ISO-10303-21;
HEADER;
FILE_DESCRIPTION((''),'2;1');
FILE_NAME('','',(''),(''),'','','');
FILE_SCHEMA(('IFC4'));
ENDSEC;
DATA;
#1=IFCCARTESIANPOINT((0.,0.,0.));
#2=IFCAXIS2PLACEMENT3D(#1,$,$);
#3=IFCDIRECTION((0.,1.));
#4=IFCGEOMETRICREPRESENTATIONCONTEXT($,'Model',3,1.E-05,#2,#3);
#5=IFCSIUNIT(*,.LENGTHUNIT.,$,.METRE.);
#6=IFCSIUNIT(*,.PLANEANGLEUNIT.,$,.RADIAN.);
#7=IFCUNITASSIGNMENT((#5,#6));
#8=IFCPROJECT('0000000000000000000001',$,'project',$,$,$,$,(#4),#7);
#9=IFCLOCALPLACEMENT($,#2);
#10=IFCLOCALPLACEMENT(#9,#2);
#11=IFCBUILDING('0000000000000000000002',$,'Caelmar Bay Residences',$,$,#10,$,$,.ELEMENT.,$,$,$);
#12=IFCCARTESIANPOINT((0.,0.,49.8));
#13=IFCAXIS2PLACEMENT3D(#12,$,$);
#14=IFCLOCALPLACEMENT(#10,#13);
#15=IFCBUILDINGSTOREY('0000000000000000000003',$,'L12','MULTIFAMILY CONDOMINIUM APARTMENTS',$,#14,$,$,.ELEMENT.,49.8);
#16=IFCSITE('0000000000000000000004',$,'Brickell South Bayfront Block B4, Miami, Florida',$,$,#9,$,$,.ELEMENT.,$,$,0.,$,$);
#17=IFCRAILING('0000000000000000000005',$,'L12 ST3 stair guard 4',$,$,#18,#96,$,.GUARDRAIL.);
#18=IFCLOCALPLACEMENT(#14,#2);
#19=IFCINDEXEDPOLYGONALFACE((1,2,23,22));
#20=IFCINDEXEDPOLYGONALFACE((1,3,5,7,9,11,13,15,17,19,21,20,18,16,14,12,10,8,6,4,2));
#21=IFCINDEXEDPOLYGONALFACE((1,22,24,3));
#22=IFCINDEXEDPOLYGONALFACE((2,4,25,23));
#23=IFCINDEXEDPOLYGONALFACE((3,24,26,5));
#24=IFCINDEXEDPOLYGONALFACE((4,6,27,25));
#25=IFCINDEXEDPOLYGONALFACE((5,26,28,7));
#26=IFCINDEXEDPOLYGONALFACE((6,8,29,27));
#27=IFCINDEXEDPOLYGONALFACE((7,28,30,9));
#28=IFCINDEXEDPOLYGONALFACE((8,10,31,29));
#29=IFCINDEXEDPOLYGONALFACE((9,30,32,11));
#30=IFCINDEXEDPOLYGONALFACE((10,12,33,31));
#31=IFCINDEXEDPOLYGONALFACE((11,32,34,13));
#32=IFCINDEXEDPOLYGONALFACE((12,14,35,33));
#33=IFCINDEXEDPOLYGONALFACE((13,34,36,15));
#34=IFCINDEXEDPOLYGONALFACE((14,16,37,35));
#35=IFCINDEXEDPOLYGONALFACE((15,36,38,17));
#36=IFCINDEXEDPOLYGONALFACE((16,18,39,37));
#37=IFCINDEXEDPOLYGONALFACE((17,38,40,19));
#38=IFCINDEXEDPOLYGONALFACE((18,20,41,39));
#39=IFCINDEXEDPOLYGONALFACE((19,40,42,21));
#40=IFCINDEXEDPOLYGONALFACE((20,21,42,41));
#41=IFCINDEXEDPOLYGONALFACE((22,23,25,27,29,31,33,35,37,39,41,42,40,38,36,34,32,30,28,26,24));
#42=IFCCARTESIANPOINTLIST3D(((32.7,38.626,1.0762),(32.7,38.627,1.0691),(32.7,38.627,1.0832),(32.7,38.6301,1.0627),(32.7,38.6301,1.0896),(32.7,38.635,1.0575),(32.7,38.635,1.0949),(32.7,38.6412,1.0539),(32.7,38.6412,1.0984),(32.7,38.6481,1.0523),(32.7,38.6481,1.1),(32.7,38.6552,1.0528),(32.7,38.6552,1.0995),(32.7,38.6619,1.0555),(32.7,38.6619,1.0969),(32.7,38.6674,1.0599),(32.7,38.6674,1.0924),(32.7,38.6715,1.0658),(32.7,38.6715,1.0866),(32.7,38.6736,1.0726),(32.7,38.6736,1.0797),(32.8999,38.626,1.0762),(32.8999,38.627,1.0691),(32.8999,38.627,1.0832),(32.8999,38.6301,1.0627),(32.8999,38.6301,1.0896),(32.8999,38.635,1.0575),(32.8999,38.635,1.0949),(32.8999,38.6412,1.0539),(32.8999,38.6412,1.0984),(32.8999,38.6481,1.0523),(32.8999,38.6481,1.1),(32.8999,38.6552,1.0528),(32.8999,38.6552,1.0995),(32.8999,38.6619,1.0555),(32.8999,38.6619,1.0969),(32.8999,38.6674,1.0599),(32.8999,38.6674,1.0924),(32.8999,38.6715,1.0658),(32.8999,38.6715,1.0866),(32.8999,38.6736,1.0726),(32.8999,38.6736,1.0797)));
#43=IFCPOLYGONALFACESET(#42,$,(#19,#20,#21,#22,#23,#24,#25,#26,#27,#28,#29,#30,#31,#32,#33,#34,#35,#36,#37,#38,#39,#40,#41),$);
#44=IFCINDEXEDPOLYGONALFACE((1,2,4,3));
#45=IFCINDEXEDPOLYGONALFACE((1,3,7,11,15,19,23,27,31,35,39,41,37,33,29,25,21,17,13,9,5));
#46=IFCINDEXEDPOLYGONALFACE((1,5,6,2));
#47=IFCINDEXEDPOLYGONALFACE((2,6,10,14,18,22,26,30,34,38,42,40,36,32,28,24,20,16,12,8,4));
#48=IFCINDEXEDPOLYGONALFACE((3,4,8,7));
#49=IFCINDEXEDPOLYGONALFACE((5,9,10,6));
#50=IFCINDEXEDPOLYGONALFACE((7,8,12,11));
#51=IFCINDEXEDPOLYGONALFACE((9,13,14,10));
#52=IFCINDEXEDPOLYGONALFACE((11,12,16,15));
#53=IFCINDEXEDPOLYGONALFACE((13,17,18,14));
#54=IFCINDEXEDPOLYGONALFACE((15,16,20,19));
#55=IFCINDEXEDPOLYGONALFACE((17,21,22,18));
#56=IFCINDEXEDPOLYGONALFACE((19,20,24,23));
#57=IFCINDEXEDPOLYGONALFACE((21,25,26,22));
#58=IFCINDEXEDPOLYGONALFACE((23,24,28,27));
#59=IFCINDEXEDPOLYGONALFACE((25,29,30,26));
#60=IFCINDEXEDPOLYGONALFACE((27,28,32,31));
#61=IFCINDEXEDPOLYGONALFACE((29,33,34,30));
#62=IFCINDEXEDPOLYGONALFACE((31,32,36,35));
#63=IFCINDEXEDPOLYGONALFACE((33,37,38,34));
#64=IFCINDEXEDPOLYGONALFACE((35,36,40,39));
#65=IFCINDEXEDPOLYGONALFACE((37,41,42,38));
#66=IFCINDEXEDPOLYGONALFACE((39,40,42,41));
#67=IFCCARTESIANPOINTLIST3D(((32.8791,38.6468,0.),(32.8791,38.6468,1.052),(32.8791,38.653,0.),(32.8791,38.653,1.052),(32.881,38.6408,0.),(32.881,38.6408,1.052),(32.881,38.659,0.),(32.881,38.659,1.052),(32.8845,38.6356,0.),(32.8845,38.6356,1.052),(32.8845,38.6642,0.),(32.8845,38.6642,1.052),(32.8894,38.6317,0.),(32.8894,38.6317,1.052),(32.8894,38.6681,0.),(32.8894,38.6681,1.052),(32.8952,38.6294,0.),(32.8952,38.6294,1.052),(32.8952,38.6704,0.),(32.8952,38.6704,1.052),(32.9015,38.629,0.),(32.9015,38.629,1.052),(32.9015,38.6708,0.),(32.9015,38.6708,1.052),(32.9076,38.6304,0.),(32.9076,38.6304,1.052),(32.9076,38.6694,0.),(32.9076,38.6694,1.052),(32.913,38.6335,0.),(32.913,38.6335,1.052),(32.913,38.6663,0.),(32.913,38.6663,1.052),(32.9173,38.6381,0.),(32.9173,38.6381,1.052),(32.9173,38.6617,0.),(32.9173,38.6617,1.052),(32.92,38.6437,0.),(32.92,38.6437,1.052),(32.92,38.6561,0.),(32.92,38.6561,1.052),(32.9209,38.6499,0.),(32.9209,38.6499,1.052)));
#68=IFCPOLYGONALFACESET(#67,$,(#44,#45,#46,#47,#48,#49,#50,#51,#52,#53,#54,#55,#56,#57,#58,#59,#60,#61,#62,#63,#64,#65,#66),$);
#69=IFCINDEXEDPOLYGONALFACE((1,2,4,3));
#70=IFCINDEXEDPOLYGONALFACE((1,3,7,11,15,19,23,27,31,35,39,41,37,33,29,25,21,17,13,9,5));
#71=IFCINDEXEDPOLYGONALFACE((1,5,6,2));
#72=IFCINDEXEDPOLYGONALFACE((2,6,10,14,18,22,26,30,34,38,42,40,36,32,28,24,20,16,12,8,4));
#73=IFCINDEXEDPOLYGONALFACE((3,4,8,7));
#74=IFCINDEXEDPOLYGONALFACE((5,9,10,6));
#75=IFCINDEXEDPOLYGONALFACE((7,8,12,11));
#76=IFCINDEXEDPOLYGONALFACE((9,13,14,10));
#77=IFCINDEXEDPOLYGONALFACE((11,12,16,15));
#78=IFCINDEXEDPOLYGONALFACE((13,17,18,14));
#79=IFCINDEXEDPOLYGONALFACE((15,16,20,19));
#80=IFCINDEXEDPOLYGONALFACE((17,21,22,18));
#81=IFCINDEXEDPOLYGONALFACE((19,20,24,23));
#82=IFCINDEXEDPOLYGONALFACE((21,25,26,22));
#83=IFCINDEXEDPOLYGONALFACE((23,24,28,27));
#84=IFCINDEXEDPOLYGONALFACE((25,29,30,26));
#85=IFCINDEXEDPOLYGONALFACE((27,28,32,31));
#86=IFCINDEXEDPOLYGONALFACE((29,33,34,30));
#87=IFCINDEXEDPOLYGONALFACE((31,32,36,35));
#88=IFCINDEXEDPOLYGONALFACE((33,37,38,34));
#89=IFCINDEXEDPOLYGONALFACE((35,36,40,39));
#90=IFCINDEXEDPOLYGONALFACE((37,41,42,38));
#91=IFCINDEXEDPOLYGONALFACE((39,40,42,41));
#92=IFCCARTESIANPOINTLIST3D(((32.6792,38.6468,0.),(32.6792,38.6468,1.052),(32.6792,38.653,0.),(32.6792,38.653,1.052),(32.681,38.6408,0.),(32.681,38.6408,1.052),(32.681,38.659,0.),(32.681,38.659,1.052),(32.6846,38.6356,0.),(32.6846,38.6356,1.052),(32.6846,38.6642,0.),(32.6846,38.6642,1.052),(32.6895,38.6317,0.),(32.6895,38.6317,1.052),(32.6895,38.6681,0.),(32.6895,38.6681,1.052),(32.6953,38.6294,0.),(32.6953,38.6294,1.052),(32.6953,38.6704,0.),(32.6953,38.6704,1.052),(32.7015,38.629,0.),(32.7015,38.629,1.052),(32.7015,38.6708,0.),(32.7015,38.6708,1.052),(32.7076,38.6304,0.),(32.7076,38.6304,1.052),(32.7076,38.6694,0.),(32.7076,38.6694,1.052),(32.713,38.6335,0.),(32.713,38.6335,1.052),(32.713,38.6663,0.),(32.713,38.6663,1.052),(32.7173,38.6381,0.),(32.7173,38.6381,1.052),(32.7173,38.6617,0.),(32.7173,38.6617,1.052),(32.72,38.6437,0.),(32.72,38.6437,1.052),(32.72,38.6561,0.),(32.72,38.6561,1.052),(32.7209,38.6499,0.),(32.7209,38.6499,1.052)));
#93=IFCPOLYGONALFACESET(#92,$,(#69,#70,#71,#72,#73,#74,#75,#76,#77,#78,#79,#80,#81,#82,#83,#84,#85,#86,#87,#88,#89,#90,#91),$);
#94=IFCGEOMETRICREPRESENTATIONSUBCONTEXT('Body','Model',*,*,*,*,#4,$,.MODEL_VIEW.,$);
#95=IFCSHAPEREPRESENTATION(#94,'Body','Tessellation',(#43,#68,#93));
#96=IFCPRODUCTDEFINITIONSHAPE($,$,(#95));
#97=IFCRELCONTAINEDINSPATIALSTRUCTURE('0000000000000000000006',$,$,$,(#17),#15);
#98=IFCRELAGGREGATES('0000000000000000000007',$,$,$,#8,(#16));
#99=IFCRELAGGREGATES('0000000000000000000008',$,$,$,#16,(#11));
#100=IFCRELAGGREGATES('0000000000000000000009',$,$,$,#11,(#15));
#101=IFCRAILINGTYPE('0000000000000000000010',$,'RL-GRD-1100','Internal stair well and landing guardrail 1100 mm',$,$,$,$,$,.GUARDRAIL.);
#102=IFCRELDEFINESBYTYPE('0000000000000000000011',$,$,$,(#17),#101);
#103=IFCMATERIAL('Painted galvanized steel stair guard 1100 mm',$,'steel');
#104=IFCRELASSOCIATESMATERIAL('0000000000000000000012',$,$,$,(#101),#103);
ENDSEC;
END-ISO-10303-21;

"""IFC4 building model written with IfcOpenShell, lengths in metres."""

from ifc_helpers import new_model, si_unit, direction, frame, origin, origin_2d, place, context, subcontext, project, spatial, circle, extrude, material, type_object, element, save


model = new_model("IFC4")

# Units and contexts
model_context = context("Model", 3, precision=1e-05, world=origin(), true_north=direction((0.0, 1.0)))
body_context = subcontext(model_context, "Body", "Model", "MODEL_VIEW")
ifc_project = project(units=[si_unit("LENGTHUNIT", "METRE"), si_unit("PLANEANGLEUNIT", "RADIAN")], contexts=[model_context])

# Site, building, storey
site_placement = place(None, origin())
site = spatial("IfcSite", under=ifc_project, at=site_placement, Name="Brickell South Bayfront Block B4, Miami, Florida", CompositionType="ELEMENT", RefElevation=0.0)
building_placement = place(site_placement, origin())
building = spatial("IfcBuilding", under=site, at=building_placement, Name="Caelmar Bay Residences", CompositionType="ELEMENT")
storey_placement = place(building_placement, frame((0.0, 0.0, 49.8)))
storey = spatial("IfcBuildingStorey", under=building, at=storey_placement, Name="L12", Description="MULTIFAMILY CONDOMINIUM APARTMENTS", CompositionType="ELEMENT", Elevation=49.8)

# Railing
ifc_material_1 = material(Name="Painted galvanized steel stair guard 1100 mm", Category="steel")
railing_type_1 = type_object("IfcRailingType", Name="RL-GRD-1100", Description="Internal stair well and landing guardrail 1100 mm", PredefinedType="GUARDRAIL", material=ifc_material_1)
railing_1_placement = place(storey_placement, frame((32.8999, 38.6499, 0.0)))
element("IfcRailing", 1, at=railing_1_placement, inside=storey, type_object=railing_type_1, Name="L12 ST3 stair guard 4", PredefinedType="GUARDRAIL", context=body_context, shape_type="SweptSolid", body=[
    extrude(circle(Radius=0.0239, at=origin_2d()), frame((0.0, 0.0, 1.0762), z_axis=(-1.0, 0.0, 0.0), x_axis=(0.0, -1.0, 0.0)), (0.0, 0.0, 1.0), 0.2),
    extrude(circle(Radius=0.021, at=origin_2d()), origin(), (0.0, 0.0, 1.0), 1.052),
    extrude(circle(Radius=0.021, at=origin_2d()), frame((-0.2, 0.0, 0.0)), (0.0, 0.0, 1.0), 1.052),
])

save(model, "model.ifc")
